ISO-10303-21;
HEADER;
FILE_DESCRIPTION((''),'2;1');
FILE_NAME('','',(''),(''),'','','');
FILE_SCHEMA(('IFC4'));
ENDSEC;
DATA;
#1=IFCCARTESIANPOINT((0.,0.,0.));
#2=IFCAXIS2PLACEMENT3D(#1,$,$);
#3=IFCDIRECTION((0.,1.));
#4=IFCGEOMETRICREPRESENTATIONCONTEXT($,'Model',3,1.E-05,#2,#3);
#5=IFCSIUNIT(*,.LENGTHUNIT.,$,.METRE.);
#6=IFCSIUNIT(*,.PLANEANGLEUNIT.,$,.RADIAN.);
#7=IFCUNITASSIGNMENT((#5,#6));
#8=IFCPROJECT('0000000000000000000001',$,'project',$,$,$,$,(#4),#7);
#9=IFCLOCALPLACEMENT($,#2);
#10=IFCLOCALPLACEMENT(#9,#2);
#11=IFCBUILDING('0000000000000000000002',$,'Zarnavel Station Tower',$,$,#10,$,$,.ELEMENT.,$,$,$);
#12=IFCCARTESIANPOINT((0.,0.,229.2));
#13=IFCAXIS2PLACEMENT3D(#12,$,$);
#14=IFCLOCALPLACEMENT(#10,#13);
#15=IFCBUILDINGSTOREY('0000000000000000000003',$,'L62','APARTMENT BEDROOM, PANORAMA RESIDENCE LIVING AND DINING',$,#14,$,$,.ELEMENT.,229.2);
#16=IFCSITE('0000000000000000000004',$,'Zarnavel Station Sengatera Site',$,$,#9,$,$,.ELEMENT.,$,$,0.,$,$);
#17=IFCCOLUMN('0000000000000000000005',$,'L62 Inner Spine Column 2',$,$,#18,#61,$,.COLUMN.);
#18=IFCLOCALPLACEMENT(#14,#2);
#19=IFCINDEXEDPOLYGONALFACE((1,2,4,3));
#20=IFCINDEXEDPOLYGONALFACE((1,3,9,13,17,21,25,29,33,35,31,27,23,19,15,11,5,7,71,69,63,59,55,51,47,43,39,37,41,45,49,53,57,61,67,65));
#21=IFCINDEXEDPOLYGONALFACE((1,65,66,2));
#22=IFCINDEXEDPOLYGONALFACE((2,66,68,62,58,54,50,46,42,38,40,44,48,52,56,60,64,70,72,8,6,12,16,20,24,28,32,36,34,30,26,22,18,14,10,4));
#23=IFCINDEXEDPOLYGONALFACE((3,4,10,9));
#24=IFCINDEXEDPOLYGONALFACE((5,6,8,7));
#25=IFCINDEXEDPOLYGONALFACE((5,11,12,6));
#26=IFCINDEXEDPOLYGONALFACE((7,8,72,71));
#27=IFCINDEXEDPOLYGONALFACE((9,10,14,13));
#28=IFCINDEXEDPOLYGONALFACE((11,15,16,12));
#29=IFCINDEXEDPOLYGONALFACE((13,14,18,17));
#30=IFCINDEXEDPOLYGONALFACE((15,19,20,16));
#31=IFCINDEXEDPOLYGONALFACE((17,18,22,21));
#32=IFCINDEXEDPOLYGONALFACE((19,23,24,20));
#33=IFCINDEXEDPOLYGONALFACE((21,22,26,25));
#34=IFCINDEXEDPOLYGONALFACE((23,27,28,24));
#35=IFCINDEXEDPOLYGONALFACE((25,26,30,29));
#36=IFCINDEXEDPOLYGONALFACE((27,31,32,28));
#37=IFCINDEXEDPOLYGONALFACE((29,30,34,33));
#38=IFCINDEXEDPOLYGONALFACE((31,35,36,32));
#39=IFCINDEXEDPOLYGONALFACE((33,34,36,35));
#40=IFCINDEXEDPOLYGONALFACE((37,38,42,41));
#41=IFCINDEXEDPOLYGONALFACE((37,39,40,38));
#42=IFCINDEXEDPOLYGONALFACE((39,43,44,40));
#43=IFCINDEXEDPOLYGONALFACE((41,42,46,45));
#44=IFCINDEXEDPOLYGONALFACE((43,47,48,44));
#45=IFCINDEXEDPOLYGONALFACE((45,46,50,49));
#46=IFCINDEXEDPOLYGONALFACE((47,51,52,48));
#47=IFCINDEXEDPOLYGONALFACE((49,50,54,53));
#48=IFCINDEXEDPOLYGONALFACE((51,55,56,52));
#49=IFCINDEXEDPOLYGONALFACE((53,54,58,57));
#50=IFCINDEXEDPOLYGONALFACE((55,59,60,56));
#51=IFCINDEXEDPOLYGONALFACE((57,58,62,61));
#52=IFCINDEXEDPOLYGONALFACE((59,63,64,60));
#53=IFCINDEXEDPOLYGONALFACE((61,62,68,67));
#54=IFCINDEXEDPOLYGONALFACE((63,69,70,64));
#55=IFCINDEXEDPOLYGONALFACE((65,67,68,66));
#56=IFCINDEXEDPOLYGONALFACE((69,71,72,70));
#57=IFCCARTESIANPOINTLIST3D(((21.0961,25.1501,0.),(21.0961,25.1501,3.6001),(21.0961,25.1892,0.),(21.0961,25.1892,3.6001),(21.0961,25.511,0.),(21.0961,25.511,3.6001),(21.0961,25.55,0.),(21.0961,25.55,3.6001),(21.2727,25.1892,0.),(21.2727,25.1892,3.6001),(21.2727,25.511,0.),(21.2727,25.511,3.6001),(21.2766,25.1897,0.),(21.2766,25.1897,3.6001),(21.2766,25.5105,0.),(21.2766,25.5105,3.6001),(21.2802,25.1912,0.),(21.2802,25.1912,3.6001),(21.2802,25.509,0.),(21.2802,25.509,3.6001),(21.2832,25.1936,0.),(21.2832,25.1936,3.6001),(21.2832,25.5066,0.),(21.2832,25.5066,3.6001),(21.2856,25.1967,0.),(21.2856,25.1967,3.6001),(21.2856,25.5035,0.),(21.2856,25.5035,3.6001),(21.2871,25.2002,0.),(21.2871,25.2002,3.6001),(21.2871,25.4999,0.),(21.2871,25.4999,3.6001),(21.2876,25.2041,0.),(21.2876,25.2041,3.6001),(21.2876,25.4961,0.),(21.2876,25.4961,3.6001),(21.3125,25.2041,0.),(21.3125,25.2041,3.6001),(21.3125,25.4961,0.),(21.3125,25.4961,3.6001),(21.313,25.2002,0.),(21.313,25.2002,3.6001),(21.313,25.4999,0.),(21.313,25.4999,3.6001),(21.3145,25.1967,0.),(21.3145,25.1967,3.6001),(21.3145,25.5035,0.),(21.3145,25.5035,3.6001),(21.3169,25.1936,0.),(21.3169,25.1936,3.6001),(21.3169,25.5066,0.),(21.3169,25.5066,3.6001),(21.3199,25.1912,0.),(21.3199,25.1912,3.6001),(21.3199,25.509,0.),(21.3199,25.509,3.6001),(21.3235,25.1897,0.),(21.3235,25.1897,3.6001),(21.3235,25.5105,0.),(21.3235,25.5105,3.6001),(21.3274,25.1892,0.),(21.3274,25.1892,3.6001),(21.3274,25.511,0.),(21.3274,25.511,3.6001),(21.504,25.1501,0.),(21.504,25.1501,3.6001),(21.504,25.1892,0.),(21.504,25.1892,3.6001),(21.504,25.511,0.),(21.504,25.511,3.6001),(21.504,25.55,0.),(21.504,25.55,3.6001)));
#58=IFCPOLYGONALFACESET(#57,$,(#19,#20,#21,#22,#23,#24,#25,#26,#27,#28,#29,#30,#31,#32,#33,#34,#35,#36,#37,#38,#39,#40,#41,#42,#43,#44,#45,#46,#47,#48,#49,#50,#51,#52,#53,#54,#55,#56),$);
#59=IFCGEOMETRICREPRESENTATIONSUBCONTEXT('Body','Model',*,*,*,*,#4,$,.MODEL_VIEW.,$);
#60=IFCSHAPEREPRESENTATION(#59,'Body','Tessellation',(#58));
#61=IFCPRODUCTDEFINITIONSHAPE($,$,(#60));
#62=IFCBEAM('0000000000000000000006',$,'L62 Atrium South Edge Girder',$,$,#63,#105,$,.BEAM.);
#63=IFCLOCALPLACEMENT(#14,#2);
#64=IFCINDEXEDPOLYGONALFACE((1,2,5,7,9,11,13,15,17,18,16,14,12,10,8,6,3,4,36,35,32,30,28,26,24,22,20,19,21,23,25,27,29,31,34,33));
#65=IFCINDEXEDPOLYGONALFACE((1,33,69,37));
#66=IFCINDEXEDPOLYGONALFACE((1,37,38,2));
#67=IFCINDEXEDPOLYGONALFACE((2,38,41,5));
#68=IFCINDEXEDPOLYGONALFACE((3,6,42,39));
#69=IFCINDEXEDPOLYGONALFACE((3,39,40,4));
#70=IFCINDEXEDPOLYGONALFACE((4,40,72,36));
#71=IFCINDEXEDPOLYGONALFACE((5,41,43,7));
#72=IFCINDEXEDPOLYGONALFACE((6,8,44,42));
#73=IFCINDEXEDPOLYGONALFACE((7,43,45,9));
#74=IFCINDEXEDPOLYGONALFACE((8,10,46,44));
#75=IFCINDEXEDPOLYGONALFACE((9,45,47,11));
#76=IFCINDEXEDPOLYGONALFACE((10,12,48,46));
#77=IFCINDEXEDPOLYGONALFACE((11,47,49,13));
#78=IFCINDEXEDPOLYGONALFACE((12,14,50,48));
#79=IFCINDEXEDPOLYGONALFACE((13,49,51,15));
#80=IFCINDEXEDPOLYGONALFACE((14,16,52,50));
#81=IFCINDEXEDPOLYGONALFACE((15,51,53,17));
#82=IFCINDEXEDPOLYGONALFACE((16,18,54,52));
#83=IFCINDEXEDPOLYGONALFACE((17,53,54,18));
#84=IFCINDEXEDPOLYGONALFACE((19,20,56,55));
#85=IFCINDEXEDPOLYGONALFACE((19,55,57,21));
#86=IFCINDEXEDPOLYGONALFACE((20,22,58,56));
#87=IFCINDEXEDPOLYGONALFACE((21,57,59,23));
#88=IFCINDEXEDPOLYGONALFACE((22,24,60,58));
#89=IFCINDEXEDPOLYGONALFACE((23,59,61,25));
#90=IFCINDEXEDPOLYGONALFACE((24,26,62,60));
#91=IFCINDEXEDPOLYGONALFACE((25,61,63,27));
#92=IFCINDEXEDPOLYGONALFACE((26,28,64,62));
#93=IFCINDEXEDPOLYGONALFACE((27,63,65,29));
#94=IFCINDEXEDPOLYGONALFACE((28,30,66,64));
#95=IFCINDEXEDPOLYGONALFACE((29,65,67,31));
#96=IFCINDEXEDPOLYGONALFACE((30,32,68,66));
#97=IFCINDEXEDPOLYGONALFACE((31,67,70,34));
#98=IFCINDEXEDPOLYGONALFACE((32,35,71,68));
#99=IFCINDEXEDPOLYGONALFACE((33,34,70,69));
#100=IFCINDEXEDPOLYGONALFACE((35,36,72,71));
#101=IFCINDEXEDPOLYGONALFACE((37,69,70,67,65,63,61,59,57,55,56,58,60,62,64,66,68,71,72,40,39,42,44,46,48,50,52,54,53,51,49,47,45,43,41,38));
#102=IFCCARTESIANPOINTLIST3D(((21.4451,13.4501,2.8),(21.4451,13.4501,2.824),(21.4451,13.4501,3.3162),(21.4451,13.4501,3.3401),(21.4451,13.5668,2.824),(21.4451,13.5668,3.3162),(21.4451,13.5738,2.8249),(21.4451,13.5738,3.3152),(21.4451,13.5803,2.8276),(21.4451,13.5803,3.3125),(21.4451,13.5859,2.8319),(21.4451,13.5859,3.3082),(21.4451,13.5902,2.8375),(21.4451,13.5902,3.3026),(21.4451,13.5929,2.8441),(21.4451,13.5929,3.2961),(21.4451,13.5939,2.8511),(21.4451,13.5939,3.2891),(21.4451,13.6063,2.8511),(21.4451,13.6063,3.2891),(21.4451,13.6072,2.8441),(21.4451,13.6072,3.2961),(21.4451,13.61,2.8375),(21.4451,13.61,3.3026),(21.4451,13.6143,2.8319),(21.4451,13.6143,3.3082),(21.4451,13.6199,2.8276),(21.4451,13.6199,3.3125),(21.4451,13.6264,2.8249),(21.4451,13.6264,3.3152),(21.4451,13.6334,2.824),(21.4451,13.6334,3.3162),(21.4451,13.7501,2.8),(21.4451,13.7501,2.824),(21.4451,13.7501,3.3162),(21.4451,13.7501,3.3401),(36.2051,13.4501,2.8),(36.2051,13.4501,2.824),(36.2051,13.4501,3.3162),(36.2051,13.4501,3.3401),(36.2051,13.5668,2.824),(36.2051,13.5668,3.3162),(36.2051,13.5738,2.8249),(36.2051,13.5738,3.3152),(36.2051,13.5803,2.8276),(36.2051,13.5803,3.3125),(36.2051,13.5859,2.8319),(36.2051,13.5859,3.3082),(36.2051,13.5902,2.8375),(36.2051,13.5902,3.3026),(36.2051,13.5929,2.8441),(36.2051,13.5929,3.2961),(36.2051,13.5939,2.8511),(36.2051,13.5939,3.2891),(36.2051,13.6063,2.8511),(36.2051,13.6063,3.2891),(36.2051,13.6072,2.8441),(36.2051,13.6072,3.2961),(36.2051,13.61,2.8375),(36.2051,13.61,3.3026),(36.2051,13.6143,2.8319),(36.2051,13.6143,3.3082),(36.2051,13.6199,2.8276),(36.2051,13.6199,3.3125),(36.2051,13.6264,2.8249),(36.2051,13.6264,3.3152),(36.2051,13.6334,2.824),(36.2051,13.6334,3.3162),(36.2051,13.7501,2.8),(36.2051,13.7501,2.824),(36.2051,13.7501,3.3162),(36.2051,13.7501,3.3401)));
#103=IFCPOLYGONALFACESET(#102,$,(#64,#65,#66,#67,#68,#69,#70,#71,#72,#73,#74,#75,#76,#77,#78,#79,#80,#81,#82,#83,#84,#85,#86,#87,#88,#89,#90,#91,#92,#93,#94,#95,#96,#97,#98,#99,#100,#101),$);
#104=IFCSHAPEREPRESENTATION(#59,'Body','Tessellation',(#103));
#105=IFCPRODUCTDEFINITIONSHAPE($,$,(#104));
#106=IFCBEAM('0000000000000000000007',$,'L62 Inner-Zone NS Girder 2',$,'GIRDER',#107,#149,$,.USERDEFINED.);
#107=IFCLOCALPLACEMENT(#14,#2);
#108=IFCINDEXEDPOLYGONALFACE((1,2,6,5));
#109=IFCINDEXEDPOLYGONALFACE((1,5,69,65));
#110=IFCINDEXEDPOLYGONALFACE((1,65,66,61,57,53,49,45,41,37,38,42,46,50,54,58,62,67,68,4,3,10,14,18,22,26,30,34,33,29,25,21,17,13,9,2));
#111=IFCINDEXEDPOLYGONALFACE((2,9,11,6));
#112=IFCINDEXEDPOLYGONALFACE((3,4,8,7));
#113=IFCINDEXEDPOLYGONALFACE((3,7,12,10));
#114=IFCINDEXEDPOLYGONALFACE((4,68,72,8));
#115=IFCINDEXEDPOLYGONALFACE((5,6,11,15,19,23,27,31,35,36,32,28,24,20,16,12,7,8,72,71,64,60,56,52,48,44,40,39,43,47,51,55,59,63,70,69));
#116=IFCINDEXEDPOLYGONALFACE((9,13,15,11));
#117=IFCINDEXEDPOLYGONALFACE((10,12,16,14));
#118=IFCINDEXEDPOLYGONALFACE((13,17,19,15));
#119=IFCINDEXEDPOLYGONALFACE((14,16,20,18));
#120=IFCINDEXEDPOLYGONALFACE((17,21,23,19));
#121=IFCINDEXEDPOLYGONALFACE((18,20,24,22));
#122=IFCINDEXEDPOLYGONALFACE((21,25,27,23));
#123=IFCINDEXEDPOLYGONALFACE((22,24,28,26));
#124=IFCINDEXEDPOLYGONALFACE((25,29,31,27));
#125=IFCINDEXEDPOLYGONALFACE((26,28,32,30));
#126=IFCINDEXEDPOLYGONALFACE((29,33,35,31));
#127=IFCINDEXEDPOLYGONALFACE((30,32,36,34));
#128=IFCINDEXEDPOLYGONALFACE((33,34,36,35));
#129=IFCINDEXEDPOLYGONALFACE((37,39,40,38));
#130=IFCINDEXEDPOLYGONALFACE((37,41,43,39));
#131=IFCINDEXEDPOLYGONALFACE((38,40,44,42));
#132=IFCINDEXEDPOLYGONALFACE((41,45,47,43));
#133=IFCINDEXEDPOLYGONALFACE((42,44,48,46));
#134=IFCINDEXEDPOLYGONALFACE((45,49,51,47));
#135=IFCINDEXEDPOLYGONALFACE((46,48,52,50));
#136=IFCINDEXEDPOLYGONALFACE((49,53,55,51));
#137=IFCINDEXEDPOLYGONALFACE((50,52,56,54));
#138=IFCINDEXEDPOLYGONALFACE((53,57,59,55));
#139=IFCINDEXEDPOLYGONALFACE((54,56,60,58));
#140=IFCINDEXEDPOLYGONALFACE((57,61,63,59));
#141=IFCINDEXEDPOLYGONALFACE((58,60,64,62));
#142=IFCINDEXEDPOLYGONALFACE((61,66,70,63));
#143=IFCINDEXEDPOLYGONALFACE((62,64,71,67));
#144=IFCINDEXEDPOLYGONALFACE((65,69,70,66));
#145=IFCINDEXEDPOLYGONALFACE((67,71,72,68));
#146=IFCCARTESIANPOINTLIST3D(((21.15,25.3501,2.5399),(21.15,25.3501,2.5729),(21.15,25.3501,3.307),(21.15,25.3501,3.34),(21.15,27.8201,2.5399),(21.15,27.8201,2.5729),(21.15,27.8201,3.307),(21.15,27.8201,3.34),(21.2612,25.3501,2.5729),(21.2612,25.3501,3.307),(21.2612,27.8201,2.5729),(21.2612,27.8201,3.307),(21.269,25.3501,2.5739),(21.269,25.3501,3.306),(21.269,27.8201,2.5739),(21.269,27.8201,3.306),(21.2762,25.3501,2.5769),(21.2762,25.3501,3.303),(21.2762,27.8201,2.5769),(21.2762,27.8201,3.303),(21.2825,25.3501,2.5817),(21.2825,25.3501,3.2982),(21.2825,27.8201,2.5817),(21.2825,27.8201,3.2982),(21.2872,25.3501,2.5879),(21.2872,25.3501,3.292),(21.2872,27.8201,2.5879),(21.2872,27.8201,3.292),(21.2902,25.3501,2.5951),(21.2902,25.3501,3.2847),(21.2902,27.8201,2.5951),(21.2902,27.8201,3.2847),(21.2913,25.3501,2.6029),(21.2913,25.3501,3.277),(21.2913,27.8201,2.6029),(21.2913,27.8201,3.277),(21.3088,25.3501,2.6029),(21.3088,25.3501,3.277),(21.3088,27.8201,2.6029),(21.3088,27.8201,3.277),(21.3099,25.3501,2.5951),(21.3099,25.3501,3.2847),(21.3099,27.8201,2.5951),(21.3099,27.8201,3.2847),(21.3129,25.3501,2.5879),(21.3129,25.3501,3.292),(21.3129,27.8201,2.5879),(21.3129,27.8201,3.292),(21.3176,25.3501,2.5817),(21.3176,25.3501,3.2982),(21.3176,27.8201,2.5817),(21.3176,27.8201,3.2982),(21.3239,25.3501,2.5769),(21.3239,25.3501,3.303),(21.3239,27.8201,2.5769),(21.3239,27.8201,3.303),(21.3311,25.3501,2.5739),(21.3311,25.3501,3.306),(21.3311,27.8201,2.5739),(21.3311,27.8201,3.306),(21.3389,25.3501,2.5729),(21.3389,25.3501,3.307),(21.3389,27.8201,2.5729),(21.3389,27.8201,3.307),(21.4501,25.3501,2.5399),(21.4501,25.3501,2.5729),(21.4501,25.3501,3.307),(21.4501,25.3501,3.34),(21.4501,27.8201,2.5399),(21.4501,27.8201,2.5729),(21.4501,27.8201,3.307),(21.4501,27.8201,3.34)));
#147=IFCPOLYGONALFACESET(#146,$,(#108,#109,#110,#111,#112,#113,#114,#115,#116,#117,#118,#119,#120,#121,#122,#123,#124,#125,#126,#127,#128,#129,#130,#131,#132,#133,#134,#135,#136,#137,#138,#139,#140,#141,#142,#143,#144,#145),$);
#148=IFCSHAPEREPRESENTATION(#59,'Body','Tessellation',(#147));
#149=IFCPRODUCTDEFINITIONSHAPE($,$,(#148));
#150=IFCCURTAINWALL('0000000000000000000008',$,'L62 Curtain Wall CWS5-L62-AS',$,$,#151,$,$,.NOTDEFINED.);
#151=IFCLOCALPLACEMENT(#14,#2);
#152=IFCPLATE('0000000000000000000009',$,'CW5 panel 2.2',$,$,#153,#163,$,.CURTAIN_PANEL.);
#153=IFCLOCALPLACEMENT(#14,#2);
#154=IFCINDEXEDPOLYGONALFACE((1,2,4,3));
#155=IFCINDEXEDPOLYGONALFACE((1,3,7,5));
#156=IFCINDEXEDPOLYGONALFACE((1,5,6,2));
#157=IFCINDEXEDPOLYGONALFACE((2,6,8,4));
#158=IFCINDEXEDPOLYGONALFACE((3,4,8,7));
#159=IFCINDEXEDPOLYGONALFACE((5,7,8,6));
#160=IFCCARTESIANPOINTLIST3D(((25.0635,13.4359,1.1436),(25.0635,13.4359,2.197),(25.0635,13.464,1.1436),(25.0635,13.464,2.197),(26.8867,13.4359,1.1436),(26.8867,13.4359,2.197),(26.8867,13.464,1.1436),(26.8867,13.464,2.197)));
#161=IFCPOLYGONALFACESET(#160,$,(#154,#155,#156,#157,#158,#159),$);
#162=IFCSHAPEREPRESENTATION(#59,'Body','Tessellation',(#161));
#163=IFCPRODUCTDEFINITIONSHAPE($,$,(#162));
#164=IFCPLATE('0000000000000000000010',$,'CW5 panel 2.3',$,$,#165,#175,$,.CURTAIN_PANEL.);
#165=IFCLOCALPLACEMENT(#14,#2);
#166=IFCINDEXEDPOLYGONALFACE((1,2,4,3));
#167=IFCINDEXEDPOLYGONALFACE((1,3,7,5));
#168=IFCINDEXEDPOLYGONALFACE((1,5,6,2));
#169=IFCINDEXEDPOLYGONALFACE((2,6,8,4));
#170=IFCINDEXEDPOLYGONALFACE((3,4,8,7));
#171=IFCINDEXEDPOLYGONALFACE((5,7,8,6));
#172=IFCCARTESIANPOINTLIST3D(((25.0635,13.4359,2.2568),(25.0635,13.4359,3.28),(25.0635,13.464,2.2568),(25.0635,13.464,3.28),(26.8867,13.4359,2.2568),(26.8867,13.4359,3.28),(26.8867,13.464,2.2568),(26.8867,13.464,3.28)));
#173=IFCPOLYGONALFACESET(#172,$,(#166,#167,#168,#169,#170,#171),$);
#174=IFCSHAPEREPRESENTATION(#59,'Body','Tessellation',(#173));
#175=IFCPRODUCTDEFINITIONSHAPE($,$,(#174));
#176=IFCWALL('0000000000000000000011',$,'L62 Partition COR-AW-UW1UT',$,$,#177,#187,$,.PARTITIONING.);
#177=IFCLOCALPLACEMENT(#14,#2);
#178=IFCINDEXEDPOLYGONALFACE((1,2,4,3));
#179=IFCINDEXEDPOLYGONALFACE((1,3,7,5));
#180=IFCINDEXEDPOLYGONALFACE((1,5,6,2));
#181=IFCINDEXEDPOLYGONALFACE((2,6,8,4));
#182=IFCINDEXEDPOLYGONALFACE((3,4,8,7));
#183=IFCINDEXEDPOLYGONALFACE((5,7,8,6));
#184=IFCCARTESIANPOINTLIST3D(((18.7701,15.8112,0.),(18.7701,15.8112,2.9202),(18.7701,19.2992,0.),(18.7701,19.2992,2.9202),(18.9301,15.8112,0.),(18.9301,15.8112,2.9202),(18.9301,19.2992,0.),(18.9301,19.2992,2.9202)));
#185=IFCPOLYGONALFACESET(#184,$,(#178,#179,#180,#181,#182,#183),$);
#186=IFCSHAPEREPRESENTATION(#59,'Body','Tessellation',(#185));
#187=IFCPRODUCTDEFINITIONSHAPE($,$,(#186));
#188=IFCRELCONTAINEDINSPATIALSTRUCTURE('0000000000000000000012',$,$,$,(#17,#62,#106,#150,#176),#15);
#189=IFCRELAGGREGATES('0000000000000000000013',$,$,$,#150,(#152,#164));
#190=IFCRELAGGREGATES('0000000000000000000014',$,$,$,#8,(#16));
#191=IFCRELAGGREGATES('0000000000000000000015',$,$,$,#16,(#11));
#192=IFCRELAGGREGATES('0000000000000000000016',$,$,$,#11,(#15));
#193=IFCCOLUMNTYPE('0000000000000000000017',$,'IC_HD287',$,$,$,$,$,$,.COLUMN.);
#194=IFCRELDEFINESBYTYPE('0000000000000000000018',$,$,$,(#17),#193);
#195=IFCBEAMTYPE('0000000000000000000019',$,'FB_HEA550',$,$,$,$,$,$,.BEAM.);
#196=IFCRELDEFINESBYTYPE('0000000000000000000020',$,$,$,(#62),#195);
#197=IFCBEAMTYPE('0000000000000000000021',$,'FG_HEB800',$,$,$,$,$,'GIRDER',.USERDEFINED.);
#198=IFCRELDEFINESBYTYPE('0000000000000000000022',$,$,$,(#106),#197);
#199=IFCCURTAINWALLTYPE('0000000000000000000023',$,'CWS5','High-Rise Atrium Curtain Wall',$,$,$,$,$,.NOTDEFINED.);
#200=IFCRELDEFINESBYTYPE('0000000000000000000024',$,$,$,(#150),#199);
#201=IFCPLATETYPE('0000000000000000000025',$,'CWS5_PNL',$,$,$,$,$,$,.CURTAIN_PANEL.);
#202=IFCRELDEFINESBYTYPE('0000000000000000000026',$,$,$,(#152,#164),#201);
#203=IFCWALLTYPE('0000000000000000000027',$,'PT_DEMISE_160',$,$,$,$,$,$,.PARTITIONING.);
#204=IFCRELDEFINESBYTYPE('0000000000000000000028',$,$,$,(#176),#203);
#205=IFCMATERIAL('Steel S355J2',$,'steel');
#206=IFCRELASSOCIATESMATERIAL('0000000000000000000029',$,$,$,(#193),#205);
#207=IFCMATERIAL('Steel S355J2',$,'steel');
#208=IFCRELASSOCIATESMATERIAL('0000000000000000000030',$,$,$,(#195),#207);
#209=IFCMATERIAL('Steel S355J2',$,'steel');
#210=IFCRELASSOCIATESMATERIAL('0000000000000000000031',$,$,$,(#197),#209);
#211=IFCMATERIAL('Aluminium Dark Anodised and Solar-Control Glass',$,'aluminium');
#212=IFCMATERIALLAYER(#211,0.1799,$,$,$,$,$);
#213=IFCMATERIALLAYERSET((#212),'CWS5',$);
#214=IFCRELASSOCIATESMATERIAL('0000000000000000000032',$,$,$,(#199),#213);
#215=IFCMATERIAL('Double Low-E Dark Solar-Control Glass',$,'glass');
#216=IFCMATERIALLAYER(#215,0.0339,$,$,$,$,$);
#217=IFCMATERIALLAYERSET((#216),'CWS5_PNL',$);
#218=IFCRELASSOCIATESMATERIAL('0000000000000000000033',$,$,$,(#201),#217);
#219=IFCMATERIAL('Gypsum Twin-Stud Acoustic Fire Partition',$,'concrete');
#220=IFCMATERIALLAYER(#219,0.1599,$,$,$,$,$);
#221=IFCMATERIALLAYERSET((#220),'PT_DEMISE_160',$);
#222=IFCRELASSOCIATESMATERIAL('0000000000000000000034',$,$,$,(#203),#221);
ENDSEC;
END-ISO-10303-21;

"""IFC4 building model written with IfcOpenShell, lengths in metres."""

from ifc_helpers import new_model, si_unit, direction, frame, frame_2d, origin, origin_2d, place, context, subcontext, project, spatial, rectangle, i_section, extrude, material, layer, layer_set, material_profile, profile_set, type_object, element, aggregate, save


model = new_model("IFC4")

# Units and contexts
model_context = context("Model", 3, precision=1e-05, world=origin(), true_north=direction((0.0, 1.0)))
body_context = subcontext(model_context, "Body", "Model", "MODEL_VIEW")
ifc_project = project(units=[si_unit("LENGTHUNIT", "METRE"), si_unit("PLANEANGLEUNIT", "RADIAN")], contexts=[model_context])

# Site, building, storey
site_placement = place(None, origin())
site = spatial("IfcSite", under=ifc_project, at=site_placement, Name="Zarnavel Station Sengatera Site", CompositionType="ELEMENT", RefElevation=0.0)
building_placement = place(site_placement, origin())
building = spatial("IfcBuilding", under=site, at=building_placement, Name="Zarnavel Station Tower", CompositionType="ELEMENT")
storey_placement = place(building_placement, frame((0.0, 0.0, 229.2)))
storey = spatial("IfcBuildingStorey", under=building, at=storey_placement, Name="L62", Description="APARTMENT BEDROOM, PANORAMA RESIDENCE LIVING AND DINING", CompositionType="ELEMENT", Elevation=229.2)

# Column
ifc_material_1 = material(Name="Steel S355J2", Category="steel")
ifc_material_profile_1 = material_profile(ifc_material_1, i_section(OverallWidth=0.408, OverallDepth=0.3999, WebThickness=0.0249, FlangeThickness=0.0391, FilletRadius=0.0149, at=origin_2d()), Name="HD400x287")
ifc_profile_set_1 = profile_set([ifc_material_profile_1], Name="Steel S355J2")
column_type = type_object("IfcColumnType", Name="IC_HD287", PredefinedType="COLUMN", material=ifc_profile_set_1)
column_placement = place(storey_placement, frame((21.3, 25.3501, 0.0), z_axis=(0.0, 0.0, 1.0), x_axis=(1.0, 0.0, 0.0)))
element("IfcColumn", 1, at=column_placement, inside=storey, type_object=column_type, Name="L62 Inner Spine Column 2", PredefinedType="COLUMN", context=body_context, shape_type="SweptSolid", body=[
    extrude(i_section(OverallWidth=0.408, OverallDepth=0.3999, WebThickness=0.0249, FlangeThickness=0.0391, FilletRadius=0.0149, at=origin_2d()), origin(), (0.0, 0.0, 1.0), 3.6001),
])

# Beams
ifc_material_2 = material(Name="Steel S355J2", Category="steel")
ifc_material_profile_2 = material_profile(ifc_material_2, i_section(OverallWidth=0.3, OverallDepth=0.54, WebThickness=0.0125, FlangeThickness=0.0239, FilletRadius=0.0271, at=origin_2d()), Name="HEA550")
ifc_profile_set_2 = profile_set([ifc_material_profile_2], Name="Steel S355J2")
beam_type_1 = type_object("IfcBeamType", Name="FB_HEA550", PredefinedType="BEAM", material=ifc_profile_set_2)
beam_1_placement = place(storey_placement, frame((21.4451, 13.6001, 3.0701), z_axis=(1.0, 0.0, 0.0), x_axis=(0.0, 1.0, 0.0)))
element("IfcBeam", 2, at=beam_1_placement, inside=storey, type_object=beam_type_1, Name="L62 Atrium South Edge Girder", PredefinedType="BEAM", context=body_context, shape_type="SweptSolid", body=[
    extrude(i_section(OverallWidth=0.3, OverallDepth=0.54, WebThickness=0.0125, FlangeThickness=0.0239, FilletRadius=0.0271, at=origin_2d()), origin(), (0.0, 0.0, 1.0), 14.76),
])
ifc_material_3 = material(Name="Steel S355J2", Category="steel")
ifc_material_profile_3 = material_profile(ifc_material_3, i_section(OverallWidth=0.3, OverallDepth=0.8, WebThickness=0.0176, FlangeThickness=0.033, FilletRadius=0.03, at=origin_2d()), Name="HEB800")
ifc_profile_set_3 = profile_set([ifc_material_profile_3], Name="Steel S355J2")
beam_type_2 = type_object("IfcBeamType", Name="FG_HEB800", ElementType="GIRDER", PredefinedType="USERDEFINED", material=ifc_profile_set_3)
beam_2_placement = place(storey_placement, frame((21.3, 25.3501, 2.9399), z_axis=(0.0, 1.0, 0.0), x_axis=(-1.0, 0.0, 0.0)))
element("IfcBeam", 3, at=beam_2_placement, inside=storey, type_object=beam_type_2, Name="L62 Inner-Zone NS Girder 2", ObjectType="GIRDER", PredefinedType="USERDEFINED", context=body_context, shape_type="SweptSolid", body=[
    extrude(i_section(OverallWidth=0.3, OverallDepth=0.8, WebThickness=0.0176, FlangeThickness=0.033, FilletRadius=0.03, at=origin_2d()), origin(), (0.0, 0.0, 1.0), 2.47),
])

# Curtain wall, plates
ifc_material_4 = material(Name="Aluminium Dark Anodised and Solar-Control Glass", Category="aluminium")
ifc_layer_1 = layer(ifc_material_4, 0.1799)
ifc_layer_set_1 = layer_set([ifc_layer_1], Name="CWS5")
curtain_wall_type = type_object("IfcCurtainWallType", Name="CWS5", Description="High-Rise Atrium Curtain Wall", PredefinedType="NOTDEFINED", material=ifc_layer_set_1)
curtain_wall_placement = place(storey_placement, origin())
curtain_wall = element("IfcCurtainWall", 4, at=curtain_wall_placement, inside=storey, type_object=curtain_wall_type, Name="L62 Curtain Wall CWS5-L62-AS", PredefinedType="NOTDEFINED")
ifc_material_5 = material(Name="Double Low-E Dark Solar-Control Glass", Category="glass")
ifc_layer_2 = layer(ifc_material_5, 0.0339)
ifc_layer_set_2 = layer_set([ifc_layer_2], Name="CWS5_PNL")
plate_type = type_object("IfcPlateType", Name="CWS5_PNL", PredefinedType="CURTAIN_PANEL", material=ifc_layer_set_2)
plate_1_placement = place(storey_placement, frame((25.9751, 13.45, 1.1436), z_axis=(0.0, 0.0, 1.0), x_axis=(1.0, 0.0, 0.0)))
plate_1 = element("IfcPlate", 5, at=plate_1_placement, type_object=plate_type, Name="CW5 panel 2.2", PredefinedType="CURTAIN_PANEL", context=body_context, shape_type="SweptSolid", body=[
    extrude(rectangle(XDim=1.8232, YDim=0.0281, at=origin_2d()), origin(), (0.0, 0.0, 1.0), 1.0535),
])
plate_2_placement = place(storey_placement, frame((25.9751, 13.45, 2.2568), z_axis=(0.0, 0.0, 1.0), x_axis=(1.0, 0.0, 0.0)))
plate_2 = element("IfcPlate", 6, at=plate_2_placement, type_object=plate_type, Name="CW5 panel 2.3", PredefinedType="CURTAIN_PANEL", context=body_context, shape_type="SweptSolid", body=[
    extrude(rectangle(XDim=1.8232, YDim=0.0281, at=origin_2d()), origin(), (0.0, 0.0, 1.0), 1.0232),
])
aggregate(curtain_wall, [plate_1, plate_2])

# Shared definitions
ifc_material_6 = material(Name="Gypsum Twin-Stud Acoustic Fire Partition", Category="concrete")
ifc_layer_3 = layer(ifc_material_6, 0.1599)
ifc_layer_set_3 = layer_set([ifc_layer_3], Name="PT_DEMISE_160")
wall_type_1 = type_object("IfcWallType", Name="PT_DEMISE_160", PredefinedType="PARTITIONING", material=ifc_layer_set_3)

# Wall
wall_1_placement = place(storey_placement, frame((18.8501, 15.811, 0.0), z_axis=(0.0, 0.0, 1.0), x_axis=(0.0, 1.0, 0.0)))
element("IfcWall", 7, at=wall_1_placement, inside=storey, type_object=wall_type_1, Name="L62 Partition COR-AW-UW1UT", PredefinedType="PARTITIONING", context=body_context, shape_type="SweptSolid", body=[
    extrude(rectangle(XDim=3.488, YDim=0.1599, at=frame_2d((1.7441, 0.0))), origin(), (0.0, 0.0, 1.0), 2.9202),
])

save(model, "model.ifc")
